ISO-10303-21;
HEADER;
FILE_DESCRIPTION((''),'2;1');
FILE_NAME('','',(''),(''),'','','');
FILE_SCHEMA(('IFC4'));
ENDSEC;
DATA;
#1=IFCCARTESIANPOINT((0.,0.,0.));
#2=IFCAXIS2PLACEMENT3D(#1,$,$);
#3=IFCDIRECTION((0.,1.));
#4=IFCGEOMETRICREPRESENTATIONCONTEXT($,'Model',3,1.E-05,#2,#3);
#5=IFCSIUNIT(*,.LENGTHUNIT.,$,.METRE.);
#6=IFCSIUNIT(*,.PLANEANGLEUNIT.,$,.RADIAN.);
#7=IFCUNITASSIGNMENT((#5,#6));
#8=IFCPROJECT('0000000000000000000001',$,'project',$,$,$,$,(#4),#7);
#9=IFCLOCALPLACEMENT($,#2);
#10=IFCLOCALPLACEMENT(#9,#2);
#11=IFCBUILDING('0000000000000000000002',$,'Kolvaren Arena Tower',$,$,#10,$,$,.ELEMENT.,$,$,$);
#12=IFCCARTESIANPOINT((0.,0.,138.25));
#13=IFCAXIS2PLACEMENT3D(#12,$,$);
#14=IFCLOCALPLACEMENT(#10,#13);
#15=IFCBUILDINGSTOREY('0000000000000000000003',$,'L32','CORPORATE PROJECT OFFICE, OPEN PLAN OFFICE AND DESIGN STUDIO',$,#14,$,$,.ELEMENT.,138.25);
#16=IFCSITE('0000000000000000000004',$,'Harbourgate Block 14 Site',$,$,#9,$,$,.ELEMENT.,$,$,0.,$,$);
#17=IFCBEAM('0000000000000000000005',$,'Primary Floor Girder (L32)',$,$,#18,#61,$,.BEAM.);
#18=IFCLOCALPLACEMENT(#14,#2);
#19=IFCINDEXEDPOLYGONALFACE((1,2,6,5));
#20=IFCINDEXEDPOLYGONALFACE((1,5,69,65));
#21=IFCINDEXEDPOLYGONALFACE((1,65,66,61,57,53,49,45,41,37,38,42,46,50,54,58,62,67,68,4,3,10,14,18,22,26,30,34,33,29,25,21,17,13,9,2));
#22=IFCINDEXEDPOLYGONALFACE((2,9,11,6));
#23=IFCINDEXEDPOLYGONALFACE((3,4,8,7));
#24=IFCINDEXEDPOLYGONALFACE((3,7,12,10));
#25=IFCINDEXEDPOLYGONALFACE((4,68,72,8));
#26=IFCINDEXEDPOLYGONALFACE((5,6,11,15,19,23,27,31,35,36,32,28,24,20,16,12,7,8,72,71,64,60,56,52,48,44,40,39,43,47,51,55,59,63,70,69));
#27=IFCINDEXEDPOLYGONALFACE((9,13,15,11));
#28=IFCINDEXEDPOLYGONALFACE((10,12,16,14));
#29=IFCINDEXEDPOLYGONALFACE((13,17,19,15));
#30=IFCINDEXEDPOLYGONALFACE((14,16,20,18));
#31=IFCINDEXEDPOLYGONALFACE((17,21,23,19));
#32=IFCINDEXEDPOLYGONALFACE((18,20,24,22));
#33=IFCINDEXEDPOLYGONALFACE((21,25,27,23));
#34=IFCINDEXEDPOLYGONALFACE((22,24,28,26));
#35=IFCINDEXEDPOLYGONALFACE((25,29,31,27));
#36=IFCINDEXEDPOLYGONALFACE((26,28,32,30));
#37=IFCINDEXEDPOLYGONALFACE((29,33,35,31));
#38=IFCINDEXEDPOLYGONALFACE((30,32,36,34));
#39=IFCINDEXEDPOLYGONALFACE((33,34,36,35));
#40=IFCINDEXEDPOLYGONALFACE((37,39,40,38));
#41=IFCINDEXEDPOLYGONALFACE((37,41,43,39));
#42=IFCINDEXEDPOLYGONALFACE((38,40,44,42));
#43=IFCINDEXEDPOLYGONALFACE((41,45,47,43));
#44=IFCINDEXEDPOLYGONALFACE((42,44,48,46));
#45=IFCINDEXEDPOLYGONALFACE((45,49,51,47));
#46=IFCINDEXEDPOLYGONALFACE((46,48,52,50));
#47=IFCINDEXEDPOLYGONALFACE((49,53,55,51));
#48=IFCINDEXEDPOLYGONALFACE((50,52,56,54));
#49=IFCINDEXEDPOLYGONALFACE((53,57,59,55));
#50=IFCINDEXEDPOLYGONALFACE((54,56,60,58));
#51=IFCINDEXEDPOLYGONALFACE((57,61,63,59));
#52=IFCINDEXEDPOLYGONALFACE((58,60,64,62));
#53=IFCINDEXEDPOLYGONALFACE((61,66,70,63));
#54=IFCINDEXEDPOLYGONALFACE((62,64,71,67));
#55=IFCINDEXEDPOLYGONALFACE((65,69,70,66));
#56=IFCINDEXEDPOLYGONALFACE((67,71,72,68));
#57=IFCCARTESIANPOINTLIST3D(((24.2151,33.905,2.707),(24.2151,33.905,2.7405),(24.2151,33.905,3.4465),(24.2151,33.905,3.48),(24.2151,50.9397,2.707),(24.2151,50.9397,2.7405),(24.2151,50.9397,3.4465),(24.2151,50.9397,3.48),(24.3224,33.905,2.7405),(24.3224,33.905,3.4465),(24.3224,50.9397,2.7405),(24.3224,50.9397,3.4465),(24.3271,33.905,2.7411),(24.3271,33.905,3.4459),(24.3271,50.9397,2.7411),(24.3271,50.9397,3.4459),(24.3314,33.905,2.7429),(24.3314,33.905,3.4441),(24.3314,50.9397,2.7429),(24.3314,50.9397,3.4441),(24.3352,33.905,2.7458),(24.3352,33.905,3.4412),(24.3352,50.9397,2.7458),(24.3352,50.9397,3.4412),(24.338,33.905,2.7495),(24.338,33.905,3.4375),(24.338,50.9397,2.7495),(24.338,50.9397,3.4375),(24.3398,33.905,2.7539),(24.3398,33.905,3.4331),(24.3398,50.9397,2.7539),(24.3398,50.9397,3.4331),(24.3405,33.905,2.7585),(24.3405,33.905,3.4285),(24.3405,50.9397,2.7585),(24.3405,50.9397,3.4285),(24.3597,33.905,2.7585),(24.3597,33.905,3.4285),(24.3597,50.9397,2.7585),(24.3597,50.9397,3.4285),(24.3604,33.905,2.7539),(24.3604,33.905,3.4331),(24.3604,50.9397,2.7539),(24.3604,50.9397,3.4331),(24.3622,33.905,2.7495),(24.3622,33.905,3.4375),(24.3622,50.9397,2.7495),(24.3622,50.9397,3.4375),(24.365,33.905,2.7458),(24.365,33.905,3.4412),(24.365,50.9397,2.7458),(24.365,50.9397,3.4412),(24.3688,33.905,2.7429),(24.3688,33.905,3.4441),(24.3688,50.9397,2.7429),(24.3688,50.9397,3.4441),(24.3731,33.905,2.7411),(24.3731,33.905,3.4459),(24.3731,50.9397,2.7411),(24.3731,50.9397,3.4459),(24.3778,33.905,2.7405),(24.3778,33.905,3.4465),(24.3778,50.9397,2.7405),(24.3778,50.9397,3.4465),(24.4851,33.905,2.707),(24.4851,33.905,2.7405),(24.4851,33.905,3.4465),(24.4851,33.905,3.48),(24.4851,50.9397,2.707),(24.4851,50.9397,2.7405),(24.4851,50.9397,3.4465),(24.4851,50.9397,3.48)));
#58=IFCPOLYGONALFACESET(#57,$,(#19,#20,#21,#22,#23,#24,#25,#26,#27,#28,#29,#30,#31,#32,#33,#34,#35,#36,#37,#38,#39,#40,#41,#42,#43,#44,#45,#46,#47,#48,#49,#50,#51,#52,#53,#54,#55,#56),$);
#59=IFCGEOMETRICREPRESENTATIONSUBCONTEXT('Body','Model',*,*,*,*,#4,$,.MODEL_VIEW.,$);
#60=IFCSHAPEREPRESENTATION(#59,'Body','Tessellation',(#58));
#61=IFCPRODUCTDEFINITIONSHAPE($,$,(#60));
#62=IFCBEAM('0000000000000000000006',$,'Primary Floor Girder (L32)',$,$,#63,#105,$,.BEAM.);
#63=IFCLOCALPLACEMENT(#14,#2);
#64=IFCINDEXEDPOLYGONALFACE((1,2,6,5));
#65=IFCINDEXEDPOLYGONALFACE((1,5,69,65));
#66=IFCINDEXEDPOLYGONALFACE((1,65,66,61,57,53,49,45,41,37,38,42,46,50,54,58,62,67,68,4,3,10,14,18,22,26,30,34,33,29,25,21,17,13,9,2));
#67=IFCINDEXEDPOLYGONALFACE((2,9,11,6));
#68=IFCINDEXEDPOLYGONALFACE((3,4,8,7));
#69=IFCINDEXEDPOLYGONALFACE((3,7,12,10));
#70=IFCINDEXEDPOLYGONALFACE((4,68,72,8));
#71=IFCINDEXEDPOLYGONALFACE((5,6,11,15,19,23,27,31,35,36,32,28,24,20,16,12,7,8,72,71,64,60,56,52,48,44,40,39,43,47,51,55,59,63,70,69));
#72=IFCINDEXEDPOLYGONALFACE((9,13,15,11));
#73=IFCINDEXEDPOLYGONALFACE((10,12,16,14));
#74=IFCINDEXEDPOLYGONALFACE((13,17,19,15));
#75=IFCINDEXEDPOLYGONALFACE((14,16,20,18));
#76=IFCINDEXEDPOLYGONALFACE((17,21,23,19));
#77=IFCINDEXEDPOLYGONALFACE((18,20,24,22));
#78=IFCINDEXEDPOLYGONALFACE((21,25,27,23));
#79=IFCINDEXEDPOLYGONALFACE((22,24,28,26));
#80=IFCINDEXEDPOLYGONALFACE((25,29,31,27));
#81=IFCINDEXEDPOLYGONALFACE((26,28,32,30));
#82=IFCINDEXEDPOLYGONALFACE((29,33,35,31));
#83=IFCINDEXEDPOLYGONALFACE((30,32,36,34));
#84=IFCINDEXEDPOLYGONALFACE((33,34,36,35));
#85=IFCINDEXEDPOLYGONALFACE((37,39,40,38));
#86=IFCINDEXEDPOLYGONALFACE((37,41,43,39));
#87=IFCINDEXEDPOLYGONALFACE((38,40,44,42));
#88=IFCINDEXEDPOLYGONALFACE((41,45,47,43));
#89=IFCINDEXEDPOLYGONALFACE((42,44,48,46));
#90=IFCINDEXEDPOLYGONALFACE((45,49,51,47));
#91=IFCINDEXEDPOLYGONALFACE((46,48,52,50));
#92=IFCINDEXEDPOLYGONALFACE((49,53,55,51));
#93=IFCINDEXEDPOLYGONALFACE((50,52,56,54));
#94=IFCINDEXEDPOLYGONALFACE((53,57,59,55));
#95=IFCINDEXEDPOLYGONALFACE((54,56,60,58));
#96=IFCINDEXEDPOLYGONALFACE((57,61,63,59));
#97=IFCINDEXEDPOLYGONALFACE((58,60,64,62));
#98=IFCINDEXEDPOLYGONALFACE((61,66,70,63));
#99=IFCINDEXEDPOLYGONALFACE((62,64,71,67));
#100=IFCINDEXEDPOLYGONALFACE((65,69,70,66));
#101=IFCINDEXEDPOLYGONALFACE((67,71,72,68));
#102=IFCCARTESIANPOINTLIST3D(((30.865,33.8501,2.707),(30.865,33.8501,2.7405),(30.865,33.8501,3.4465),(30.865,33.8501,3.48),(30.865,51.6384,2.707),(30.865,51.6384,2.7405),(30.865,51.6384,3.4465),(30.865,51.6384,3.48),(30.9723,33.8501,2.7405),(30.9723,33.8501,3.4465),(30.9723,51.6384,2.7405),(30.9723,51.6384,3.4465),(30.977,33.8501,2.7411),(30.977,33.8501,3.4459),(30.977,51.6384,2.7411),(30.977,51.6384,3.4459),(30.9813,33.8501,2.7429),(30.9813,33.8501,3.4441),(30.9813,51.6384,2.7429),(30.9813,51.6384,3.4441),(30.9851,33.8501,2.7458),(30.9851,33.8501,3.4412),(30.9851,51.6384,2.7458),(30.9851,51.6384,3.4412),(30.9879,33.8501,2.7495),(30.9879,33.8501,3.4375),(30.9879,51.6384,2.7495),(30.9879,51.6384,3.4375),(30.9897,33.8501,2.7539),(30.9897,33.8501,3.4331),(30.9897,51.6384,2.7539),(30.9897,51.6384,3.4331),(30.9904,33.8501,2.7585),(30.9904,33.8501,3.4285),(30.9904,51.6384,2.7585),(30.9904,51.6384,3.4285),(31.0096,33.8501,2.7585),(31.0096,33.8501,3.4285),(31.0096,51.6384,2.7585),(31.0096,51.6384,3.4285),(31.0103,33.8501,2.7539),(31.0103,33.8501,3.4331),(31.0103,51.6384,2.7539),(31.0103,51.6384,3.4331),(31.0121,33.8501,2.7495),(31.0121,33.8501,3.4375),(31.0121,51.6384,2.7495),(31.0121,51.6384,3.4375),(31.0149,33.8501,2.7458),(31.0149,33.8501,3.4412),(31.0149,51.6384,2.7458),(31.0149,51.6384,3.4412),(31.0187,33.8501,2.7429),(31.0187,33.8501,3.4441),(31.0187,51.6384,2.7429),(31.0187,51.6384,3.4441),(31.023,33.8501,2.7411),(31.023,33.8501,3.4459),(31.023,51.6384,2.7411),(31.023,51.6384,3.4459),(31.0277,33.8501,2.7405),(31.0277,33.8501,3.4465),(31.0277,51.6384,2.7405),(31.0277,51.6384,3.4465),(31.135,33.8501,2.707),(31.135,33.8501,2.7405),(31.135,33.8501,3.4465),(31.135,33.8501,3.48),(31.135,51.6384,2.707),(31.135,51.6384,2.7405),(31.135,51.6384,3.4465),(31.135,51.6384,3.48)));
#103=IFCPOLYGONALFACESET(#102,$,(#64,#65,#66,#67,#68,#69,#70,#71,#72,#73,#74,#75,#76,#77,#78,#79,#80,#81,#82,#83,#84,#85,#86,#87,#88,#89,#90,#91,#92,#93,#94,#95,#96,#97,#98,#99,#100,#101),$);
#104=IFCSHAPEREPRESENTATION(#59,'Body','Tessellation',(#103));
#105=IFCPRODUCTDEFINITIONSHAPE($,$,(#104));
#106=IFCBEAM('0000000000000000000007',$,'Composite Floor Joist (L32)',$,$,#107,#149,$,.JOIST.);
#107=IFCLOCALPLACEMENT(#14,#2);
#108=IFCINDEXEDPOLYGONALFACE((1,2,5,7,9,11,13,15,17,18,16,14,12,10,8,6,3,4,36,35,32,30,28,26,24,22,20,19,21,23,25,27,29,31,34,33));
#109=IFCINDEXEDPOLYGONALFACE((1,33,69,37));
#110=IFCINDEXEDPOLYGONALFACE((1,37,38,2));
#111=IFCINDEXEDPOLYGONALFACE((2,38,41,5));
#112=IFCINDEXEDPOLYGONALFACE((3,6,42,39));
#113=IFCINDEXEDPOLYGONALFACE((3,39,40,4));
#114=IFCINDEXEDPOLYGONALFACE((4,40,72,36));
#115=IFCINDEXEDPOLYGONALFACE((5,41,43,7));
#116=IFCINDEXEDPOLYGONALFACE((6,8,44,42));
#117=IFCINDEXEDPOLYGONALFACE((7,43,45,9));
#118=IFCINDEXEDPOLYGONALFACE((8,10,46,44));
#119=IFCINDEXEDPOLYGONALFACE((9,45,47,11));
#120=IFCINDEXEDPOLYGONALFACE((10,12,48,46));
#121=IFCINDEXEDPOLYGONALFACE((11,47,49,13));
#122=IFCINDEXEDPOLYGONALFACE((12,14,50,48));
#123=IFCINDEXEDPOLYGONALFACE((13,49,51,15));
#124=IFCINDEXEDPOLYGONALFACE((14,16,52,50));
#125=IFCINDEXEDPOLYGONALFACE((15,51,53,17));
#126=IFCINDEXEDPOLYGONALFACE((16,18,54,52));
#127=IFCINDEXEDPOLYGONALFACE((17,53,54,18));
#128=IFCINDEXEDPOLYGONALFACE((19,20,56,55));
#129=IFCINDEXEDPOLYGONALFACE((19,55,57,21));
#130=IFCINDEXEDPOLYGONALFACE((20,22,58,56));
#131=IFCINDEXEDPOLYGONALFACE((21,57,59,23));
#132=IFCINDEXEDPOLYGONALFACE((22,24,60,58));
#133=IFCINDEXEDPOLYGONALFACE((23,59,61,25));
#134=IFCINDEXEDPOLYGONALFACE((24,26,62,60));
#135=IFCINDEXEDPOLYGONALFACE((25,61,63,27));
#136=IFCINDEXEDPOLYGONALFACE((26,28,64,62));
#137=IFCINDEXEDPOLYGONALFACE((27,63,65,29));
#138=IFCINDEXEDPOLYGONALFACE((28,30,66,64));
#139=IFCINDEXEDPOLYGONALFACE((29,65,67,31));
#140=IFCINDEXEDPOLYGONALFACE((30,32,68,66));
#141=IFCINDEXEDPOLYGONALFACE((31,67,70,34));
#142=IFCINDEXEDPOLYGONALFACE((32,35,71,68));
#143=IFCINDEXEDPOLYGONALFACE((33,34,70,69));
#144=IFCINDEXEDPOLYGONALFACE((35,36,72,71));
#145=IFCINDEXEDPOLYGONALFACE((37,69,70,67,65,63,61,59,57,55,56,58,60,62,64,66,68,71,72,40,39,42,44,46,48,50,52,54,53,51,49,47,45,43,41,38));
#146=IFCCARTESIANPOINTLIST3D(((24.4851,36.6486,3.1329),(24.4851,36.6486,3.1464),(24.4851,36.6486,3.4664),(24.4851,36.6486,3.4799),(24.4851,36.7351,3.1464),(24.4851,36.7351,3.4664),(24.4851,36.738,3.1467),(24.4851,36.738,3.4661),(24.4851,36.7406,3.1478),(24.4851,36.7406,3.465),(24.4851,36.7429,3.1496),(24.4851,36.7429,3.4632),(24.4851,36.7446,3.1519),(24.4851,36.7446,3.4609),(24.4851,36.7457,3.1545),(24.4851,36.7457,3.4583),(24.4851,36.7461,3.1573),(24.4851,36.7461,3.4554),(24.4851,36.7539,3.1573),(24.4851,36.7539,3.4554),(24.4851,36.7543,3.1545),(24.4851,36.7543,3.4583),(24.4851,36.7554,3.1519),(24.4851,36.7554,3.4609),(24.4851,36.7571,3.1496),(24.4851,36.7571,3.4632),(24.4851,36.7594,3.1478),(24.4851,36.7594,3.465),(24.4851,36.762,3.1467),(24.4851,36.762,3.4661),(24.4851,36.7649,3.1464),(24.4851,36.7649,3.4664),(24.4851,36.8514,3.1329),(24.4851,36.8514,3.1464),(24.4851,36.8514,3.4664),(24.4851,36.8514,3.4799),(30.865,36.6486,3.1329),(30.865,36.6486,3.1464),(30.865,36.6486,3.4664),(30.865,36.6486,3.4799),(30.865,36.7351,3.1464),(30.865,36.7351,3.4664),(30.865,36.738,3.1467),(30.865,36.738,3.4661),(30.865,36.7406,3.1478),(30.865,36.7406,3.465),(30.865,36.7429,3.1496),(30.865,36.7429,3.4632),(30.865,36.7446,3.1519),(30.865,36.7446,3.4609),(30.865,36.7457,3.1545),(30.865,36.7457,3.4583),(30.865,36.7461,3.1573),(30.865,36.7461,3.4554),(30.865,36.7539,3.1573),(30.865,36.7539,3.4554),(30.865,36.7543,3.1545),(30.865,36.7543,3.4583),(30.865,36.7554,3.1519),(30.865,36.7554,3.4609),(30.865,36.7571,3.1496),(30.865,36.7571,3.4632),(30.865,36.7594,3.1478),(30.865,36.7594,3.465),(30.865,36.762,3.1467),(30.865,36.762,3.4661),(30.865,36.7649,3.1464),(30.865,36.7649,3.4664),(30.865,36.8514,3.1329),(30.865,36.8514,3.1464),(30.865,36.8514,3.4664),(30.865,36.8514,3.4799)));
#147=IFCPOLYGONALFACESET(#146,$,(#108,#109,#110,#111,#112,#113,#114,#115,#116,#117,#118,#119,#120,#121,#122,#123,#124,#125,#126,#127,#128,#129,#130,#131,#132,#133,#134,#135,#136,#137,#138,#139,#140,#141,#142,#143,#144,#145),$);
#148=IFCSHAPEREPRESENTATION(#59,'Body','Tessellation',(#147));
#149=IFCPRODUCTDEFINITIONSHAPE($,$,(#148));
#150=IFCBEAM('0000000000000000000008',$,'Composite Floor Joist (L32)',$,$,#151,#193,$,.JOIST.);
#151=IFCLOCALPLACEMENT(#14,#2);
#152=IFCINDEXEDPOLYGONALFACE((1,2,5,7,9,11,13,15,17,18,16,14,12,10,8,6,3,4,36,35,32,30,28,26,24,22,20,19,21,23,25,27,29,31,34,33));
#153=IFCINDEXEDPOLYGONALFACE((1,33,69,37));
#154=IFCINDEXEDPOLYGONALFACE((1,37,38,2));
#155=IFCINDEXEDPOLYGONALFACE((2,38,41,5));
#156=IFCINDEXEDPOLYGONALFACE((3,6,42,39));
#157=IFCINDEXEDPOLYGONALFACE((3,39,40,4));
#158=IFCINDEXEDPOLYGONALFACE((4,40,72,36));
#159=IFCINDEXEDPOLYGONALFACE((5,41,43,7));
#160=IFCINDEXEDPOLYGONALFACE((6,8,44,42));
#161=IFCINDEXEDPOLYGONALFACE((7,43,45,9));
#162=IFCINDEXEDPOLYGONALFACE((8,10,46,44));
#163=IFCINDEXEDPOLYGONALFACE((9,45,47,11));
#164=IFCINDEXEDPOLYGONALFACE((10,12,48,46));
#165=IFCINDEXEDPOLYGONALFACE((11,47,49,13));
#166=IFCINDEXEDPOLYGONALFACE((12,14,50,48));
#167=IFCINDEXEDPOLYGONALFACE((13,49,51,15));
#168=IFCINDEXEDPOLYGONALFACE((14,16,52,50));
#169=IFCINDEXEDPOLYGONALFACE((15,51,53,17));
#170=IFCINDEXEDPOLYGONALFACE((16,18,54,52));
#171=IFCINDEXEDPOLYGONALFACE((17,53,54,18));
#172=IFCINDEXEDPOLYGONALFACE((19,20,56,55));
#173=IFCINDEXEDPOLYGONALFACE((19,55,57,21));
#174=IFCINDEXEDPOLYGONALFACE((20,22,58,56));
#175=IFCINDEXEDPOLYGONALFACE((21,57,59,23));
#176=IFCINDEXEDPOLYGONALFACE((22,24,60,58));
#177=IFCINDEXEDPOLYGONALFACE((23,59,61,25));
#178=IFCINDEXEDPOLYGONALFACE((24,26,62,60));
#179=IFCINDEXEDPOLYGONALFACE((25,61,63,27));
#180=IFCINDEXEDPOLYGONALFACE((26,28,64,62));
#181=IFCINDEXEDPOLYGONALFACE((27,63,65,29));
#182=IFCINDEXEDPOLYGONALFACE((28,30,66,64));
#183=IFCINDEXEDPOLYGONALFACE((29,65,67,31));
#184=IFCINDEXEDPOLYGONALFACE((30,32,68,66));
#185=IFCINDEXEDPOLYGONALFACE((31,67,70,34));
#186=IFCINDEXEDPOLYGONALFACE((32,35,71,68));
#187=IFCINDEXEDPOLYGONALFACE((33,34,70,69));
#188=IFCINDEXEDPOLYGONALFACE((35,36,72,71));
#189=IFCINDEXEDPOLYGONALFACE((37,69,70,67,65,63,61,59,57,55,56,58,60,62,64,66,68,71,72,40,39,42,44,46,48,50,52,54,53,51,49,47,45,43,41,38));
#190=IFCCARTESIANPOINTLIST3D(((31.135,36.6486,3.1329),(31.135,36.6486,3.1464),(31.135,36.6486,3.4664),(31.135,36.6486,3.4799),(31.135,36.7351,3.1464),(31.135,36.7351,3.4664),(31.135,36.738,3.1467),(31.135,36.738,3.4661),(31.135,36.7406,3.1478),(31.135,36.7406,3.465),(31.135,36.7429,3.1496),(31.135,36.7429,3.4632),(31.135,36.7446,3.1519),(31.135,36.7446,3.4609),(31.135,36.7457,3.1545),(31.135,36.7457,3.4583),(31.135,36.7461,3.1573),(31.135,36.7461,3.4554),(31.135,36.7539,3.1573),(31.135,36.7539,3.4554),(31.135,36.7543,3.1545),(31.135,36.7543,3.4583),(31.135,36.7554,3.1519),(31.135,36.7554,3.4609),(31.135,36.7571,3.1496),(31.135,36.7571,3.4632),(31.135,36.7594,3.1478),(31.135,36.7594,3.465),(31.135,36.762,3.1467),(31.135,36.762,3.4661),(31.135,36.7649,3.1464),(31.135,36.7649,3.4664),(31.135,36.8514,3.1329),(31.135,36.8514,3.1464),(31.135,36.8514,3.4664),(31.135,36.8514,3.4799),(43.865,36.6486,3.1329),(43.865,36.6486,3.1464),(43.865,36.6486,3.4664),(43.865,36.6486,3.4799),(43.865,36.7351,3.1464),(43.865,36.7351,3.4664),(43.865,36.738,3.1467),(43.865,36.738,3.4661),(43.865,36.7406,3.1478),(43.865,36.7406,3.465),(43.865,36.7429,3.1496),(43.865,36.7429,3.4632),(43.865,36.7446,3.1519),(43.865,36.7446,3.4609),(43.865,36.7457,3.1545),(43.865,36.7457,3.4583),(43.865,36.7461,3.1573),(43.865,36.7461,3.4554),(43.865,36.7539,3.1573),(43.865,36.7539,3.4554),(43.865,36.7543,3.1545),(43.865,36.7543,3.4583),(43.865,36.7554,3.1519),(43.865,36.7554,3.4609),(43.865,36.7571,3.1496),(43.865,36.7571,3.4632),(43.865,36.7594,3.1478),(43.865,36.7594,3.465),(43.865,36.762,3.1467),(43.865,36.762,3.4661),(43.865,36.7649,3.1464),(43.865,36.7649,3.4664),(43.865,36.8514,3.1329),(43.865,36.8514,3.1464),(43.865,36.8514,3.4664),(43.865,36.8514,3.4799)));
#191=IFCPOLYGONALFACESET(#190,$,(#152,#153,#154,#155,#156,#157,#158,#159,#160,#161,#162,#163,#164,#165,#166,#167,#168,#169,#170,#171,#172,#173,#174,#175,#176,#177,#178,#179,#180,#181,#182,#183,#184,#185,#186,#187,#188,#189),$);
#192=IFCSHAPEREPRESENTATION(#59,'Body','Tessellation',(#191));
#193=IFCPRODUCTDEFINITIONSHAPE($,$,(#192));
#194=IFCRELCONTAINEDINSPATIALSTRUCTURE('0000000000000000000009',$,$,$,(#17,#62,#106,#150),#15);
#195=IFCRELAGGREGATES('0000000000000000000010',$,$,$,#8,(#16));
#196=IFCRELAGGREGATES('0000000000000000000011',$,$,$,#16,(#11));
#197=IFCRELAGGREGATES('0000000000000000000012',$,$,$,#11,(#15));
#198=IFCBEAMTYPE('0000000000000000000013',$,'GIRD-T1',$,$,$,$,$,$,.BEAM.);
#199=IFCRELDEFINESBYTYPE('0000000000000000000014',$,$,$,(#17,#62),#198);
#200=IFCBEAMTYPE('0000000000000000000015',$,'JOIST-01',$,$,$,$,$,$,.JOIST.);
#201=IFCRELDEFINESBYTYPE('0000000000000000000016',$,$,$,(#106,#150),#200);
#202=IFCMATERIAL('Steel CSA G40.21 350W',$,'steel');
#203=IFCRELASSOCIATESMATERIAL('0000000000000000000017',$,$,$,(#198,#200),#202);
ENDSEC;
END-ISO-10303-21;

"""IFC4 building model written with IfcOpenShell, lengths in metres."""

from ifc_helpers import new_model, si_unit, direction, frame, origin, origin_2d, place, context, subcontext, project, spatial, i_section, extrude, material, material_profile, profile_set, type_object, element, save


model = new_model("IFC4")

# Units and contexts
model_context = context("Model", 3, precision=1e-05, world=origin(), true_north=direction((0.0, 1.0)))
body_context = subcontext(model_context, "Body", "Model", "MODEL_VIEW")
ifc_project = project(units=[si_unit("LENGTHUNIT", "METRE"), si_unit("PLANEANGLEUNIT", "RADIAN")], contexts=[model_context])

# Site, building, storey
site_placement = place(None, origin())
site = spatial("IfcSite", under=ifc_project, at=site_placement, Name="Harbourgate Block 14 Site", CompositionType="ELEMENT", RefElevation=0.0)
building_placement = place(site_placement, origin())
building = spatial("IfcBuilding", under=site, at=building_placement, Name="Kolvaren Arena Tower", CompositionType="ELEMENT")
storey_placement = place(building_placement, frame((0.0, 0.0, 138.25)))
storey = spatial("IfcBuildingStorey", under=building, at=storey_placement, Name="L32", Description="CORPORATE PROJECT OFFICE, OPEN PLAN OFFICE AND DESIGN STUDIO", CompositionType="ELEMENT", Elevation=138.25)

# Beams
ifc_material_1 = material(Name="Steel CSA G40.21 350W", Category="steel")
ifc_material_profile_1 = material_profile(ifc_material_1, i_section(OverallWidth=0.27, OverallDepth=0.7729, WebThickness=0.0193, FlangeThickness=0.0334, FilletRadius=0.0181, at=origin_2d()), Name="W760x257")
ifc_profile_set_1 = profile_set([ifc_material_profile_1], Name="Steel CSA G40.21 350W")
beam_type_1 = type_object("IfcBeamType", Name="GIRD-T1", PredefinedType="BEAM", material=ifc_profile_set_1)
beam_1_placement = place(storey_placement, frame((24.3501, 33.905, 3.0935), z_axis=(0.0, 1.0, 0.0), x_axis=(-1.0, 0.0, 0.0)))
element("IfcBeam", 1, at=beam_1_placement, inside=storey, type_object=beam_type_1, Name="Primary Floor Girder (L32)", PredefinedType="BEAM", context=body_context, shape_type="SweptSolid", body=[
    extrude(i_section(OverallWidth=0.27, OverallDepth=0.7729, WebThickness=0.0193, FlangeThickness=0.0334, FilletRadius=0.0181, at=origin_2d()), origin(), (0.0, 0.0, 1.0), 17.0347),
])
beam_2_placement = place(storey_placement, frame((31.0, 33.8501, 3.0935), z_axis=(0.0, 1.0, 0.0), x_axis=(-1.0, 0.0, 0.0)))
element("IfcBeam", 2, at=beam_2_placement, inside=storey, type_object=beam_type_1, Name="Primary Floor Girder (L32)", PredefinedType="BEAM", context=body_context, shape_type="SweptSolid", body=[
    extrude(i_section(OverallWidth=0.27, OverallDepth=0.7729, WebThickness=0.0193, FlangeThickness=0.0334, FilletRadius=0.0181, at=origin_2d()), origin(), (0.0, 0.0, 1.0), 17.7883),
])
ifc_material_profile_2 = material_profile(ifc_material_1, i_section(OverallWidth=0.2029, OverallDepth=0.3469, WebThickness=0.0078, FlangeThickness=0.0134, FilletRadius=0.011, at=origin_2d()), Name="W360x64")
ifc_profile_set_2 = profile_set([ifc_material_profile_2], Name="Steel CSA G40.21 350W")
beam_type_2 = type_object("IfcBeamType", Name="JOIST-01", PredefinedType="JOIST", material=ifc_profile_set_2)
beam_3_placement = place(storey_placement, frame((24.4851, 36.75, 3.3064), z_axis=(1.0, 0.0, 0.0), x_axis=(0.0, 1.0, 0.0)))
element("IfcBeam", 3, at=beam_3_placement, inside=storey, type_object=beam_type_2, Name="Composite Floor Joist (L32)", PredefinedType="JOIST", context=body_context, shape_type="SweptSolid", body=[
    extrude(i_section(OverallWidth=0.2029, OverallDepth=0.3469, WebThickness=0.0078, FlangeThickness=0.0134, FilletRadius=0.011, at=origin_2d()), origin(), (0.0, 0.0, 1.0), 6.3799),
])
beam_4_placement = place(storey_placement, frame((31.135, 36.75, 3.3064), z_axis=(1.0, 0.0, 0.0), x_axis=(0.0, 1.0, 0.0)))
element("IfcBeam", 4, at=beam_4_placement, inside=storey, type_object=beam_type_2, Name="Composite Floor Joist (L32)", PredefinedType="JOIST", context=body_context, shape_type="SweptSolid", body=[
    extrude(i_section(OverallWidth=0.2029, OverallDepth=0.3469, WebThickness=0.0078, FlangeThickness=0.0134, FilletRadius=0.011, at=origin_2d()), origin(), (0.0, 0.0, 1.0), 12.73),
])

save(model, "model.ifc")
